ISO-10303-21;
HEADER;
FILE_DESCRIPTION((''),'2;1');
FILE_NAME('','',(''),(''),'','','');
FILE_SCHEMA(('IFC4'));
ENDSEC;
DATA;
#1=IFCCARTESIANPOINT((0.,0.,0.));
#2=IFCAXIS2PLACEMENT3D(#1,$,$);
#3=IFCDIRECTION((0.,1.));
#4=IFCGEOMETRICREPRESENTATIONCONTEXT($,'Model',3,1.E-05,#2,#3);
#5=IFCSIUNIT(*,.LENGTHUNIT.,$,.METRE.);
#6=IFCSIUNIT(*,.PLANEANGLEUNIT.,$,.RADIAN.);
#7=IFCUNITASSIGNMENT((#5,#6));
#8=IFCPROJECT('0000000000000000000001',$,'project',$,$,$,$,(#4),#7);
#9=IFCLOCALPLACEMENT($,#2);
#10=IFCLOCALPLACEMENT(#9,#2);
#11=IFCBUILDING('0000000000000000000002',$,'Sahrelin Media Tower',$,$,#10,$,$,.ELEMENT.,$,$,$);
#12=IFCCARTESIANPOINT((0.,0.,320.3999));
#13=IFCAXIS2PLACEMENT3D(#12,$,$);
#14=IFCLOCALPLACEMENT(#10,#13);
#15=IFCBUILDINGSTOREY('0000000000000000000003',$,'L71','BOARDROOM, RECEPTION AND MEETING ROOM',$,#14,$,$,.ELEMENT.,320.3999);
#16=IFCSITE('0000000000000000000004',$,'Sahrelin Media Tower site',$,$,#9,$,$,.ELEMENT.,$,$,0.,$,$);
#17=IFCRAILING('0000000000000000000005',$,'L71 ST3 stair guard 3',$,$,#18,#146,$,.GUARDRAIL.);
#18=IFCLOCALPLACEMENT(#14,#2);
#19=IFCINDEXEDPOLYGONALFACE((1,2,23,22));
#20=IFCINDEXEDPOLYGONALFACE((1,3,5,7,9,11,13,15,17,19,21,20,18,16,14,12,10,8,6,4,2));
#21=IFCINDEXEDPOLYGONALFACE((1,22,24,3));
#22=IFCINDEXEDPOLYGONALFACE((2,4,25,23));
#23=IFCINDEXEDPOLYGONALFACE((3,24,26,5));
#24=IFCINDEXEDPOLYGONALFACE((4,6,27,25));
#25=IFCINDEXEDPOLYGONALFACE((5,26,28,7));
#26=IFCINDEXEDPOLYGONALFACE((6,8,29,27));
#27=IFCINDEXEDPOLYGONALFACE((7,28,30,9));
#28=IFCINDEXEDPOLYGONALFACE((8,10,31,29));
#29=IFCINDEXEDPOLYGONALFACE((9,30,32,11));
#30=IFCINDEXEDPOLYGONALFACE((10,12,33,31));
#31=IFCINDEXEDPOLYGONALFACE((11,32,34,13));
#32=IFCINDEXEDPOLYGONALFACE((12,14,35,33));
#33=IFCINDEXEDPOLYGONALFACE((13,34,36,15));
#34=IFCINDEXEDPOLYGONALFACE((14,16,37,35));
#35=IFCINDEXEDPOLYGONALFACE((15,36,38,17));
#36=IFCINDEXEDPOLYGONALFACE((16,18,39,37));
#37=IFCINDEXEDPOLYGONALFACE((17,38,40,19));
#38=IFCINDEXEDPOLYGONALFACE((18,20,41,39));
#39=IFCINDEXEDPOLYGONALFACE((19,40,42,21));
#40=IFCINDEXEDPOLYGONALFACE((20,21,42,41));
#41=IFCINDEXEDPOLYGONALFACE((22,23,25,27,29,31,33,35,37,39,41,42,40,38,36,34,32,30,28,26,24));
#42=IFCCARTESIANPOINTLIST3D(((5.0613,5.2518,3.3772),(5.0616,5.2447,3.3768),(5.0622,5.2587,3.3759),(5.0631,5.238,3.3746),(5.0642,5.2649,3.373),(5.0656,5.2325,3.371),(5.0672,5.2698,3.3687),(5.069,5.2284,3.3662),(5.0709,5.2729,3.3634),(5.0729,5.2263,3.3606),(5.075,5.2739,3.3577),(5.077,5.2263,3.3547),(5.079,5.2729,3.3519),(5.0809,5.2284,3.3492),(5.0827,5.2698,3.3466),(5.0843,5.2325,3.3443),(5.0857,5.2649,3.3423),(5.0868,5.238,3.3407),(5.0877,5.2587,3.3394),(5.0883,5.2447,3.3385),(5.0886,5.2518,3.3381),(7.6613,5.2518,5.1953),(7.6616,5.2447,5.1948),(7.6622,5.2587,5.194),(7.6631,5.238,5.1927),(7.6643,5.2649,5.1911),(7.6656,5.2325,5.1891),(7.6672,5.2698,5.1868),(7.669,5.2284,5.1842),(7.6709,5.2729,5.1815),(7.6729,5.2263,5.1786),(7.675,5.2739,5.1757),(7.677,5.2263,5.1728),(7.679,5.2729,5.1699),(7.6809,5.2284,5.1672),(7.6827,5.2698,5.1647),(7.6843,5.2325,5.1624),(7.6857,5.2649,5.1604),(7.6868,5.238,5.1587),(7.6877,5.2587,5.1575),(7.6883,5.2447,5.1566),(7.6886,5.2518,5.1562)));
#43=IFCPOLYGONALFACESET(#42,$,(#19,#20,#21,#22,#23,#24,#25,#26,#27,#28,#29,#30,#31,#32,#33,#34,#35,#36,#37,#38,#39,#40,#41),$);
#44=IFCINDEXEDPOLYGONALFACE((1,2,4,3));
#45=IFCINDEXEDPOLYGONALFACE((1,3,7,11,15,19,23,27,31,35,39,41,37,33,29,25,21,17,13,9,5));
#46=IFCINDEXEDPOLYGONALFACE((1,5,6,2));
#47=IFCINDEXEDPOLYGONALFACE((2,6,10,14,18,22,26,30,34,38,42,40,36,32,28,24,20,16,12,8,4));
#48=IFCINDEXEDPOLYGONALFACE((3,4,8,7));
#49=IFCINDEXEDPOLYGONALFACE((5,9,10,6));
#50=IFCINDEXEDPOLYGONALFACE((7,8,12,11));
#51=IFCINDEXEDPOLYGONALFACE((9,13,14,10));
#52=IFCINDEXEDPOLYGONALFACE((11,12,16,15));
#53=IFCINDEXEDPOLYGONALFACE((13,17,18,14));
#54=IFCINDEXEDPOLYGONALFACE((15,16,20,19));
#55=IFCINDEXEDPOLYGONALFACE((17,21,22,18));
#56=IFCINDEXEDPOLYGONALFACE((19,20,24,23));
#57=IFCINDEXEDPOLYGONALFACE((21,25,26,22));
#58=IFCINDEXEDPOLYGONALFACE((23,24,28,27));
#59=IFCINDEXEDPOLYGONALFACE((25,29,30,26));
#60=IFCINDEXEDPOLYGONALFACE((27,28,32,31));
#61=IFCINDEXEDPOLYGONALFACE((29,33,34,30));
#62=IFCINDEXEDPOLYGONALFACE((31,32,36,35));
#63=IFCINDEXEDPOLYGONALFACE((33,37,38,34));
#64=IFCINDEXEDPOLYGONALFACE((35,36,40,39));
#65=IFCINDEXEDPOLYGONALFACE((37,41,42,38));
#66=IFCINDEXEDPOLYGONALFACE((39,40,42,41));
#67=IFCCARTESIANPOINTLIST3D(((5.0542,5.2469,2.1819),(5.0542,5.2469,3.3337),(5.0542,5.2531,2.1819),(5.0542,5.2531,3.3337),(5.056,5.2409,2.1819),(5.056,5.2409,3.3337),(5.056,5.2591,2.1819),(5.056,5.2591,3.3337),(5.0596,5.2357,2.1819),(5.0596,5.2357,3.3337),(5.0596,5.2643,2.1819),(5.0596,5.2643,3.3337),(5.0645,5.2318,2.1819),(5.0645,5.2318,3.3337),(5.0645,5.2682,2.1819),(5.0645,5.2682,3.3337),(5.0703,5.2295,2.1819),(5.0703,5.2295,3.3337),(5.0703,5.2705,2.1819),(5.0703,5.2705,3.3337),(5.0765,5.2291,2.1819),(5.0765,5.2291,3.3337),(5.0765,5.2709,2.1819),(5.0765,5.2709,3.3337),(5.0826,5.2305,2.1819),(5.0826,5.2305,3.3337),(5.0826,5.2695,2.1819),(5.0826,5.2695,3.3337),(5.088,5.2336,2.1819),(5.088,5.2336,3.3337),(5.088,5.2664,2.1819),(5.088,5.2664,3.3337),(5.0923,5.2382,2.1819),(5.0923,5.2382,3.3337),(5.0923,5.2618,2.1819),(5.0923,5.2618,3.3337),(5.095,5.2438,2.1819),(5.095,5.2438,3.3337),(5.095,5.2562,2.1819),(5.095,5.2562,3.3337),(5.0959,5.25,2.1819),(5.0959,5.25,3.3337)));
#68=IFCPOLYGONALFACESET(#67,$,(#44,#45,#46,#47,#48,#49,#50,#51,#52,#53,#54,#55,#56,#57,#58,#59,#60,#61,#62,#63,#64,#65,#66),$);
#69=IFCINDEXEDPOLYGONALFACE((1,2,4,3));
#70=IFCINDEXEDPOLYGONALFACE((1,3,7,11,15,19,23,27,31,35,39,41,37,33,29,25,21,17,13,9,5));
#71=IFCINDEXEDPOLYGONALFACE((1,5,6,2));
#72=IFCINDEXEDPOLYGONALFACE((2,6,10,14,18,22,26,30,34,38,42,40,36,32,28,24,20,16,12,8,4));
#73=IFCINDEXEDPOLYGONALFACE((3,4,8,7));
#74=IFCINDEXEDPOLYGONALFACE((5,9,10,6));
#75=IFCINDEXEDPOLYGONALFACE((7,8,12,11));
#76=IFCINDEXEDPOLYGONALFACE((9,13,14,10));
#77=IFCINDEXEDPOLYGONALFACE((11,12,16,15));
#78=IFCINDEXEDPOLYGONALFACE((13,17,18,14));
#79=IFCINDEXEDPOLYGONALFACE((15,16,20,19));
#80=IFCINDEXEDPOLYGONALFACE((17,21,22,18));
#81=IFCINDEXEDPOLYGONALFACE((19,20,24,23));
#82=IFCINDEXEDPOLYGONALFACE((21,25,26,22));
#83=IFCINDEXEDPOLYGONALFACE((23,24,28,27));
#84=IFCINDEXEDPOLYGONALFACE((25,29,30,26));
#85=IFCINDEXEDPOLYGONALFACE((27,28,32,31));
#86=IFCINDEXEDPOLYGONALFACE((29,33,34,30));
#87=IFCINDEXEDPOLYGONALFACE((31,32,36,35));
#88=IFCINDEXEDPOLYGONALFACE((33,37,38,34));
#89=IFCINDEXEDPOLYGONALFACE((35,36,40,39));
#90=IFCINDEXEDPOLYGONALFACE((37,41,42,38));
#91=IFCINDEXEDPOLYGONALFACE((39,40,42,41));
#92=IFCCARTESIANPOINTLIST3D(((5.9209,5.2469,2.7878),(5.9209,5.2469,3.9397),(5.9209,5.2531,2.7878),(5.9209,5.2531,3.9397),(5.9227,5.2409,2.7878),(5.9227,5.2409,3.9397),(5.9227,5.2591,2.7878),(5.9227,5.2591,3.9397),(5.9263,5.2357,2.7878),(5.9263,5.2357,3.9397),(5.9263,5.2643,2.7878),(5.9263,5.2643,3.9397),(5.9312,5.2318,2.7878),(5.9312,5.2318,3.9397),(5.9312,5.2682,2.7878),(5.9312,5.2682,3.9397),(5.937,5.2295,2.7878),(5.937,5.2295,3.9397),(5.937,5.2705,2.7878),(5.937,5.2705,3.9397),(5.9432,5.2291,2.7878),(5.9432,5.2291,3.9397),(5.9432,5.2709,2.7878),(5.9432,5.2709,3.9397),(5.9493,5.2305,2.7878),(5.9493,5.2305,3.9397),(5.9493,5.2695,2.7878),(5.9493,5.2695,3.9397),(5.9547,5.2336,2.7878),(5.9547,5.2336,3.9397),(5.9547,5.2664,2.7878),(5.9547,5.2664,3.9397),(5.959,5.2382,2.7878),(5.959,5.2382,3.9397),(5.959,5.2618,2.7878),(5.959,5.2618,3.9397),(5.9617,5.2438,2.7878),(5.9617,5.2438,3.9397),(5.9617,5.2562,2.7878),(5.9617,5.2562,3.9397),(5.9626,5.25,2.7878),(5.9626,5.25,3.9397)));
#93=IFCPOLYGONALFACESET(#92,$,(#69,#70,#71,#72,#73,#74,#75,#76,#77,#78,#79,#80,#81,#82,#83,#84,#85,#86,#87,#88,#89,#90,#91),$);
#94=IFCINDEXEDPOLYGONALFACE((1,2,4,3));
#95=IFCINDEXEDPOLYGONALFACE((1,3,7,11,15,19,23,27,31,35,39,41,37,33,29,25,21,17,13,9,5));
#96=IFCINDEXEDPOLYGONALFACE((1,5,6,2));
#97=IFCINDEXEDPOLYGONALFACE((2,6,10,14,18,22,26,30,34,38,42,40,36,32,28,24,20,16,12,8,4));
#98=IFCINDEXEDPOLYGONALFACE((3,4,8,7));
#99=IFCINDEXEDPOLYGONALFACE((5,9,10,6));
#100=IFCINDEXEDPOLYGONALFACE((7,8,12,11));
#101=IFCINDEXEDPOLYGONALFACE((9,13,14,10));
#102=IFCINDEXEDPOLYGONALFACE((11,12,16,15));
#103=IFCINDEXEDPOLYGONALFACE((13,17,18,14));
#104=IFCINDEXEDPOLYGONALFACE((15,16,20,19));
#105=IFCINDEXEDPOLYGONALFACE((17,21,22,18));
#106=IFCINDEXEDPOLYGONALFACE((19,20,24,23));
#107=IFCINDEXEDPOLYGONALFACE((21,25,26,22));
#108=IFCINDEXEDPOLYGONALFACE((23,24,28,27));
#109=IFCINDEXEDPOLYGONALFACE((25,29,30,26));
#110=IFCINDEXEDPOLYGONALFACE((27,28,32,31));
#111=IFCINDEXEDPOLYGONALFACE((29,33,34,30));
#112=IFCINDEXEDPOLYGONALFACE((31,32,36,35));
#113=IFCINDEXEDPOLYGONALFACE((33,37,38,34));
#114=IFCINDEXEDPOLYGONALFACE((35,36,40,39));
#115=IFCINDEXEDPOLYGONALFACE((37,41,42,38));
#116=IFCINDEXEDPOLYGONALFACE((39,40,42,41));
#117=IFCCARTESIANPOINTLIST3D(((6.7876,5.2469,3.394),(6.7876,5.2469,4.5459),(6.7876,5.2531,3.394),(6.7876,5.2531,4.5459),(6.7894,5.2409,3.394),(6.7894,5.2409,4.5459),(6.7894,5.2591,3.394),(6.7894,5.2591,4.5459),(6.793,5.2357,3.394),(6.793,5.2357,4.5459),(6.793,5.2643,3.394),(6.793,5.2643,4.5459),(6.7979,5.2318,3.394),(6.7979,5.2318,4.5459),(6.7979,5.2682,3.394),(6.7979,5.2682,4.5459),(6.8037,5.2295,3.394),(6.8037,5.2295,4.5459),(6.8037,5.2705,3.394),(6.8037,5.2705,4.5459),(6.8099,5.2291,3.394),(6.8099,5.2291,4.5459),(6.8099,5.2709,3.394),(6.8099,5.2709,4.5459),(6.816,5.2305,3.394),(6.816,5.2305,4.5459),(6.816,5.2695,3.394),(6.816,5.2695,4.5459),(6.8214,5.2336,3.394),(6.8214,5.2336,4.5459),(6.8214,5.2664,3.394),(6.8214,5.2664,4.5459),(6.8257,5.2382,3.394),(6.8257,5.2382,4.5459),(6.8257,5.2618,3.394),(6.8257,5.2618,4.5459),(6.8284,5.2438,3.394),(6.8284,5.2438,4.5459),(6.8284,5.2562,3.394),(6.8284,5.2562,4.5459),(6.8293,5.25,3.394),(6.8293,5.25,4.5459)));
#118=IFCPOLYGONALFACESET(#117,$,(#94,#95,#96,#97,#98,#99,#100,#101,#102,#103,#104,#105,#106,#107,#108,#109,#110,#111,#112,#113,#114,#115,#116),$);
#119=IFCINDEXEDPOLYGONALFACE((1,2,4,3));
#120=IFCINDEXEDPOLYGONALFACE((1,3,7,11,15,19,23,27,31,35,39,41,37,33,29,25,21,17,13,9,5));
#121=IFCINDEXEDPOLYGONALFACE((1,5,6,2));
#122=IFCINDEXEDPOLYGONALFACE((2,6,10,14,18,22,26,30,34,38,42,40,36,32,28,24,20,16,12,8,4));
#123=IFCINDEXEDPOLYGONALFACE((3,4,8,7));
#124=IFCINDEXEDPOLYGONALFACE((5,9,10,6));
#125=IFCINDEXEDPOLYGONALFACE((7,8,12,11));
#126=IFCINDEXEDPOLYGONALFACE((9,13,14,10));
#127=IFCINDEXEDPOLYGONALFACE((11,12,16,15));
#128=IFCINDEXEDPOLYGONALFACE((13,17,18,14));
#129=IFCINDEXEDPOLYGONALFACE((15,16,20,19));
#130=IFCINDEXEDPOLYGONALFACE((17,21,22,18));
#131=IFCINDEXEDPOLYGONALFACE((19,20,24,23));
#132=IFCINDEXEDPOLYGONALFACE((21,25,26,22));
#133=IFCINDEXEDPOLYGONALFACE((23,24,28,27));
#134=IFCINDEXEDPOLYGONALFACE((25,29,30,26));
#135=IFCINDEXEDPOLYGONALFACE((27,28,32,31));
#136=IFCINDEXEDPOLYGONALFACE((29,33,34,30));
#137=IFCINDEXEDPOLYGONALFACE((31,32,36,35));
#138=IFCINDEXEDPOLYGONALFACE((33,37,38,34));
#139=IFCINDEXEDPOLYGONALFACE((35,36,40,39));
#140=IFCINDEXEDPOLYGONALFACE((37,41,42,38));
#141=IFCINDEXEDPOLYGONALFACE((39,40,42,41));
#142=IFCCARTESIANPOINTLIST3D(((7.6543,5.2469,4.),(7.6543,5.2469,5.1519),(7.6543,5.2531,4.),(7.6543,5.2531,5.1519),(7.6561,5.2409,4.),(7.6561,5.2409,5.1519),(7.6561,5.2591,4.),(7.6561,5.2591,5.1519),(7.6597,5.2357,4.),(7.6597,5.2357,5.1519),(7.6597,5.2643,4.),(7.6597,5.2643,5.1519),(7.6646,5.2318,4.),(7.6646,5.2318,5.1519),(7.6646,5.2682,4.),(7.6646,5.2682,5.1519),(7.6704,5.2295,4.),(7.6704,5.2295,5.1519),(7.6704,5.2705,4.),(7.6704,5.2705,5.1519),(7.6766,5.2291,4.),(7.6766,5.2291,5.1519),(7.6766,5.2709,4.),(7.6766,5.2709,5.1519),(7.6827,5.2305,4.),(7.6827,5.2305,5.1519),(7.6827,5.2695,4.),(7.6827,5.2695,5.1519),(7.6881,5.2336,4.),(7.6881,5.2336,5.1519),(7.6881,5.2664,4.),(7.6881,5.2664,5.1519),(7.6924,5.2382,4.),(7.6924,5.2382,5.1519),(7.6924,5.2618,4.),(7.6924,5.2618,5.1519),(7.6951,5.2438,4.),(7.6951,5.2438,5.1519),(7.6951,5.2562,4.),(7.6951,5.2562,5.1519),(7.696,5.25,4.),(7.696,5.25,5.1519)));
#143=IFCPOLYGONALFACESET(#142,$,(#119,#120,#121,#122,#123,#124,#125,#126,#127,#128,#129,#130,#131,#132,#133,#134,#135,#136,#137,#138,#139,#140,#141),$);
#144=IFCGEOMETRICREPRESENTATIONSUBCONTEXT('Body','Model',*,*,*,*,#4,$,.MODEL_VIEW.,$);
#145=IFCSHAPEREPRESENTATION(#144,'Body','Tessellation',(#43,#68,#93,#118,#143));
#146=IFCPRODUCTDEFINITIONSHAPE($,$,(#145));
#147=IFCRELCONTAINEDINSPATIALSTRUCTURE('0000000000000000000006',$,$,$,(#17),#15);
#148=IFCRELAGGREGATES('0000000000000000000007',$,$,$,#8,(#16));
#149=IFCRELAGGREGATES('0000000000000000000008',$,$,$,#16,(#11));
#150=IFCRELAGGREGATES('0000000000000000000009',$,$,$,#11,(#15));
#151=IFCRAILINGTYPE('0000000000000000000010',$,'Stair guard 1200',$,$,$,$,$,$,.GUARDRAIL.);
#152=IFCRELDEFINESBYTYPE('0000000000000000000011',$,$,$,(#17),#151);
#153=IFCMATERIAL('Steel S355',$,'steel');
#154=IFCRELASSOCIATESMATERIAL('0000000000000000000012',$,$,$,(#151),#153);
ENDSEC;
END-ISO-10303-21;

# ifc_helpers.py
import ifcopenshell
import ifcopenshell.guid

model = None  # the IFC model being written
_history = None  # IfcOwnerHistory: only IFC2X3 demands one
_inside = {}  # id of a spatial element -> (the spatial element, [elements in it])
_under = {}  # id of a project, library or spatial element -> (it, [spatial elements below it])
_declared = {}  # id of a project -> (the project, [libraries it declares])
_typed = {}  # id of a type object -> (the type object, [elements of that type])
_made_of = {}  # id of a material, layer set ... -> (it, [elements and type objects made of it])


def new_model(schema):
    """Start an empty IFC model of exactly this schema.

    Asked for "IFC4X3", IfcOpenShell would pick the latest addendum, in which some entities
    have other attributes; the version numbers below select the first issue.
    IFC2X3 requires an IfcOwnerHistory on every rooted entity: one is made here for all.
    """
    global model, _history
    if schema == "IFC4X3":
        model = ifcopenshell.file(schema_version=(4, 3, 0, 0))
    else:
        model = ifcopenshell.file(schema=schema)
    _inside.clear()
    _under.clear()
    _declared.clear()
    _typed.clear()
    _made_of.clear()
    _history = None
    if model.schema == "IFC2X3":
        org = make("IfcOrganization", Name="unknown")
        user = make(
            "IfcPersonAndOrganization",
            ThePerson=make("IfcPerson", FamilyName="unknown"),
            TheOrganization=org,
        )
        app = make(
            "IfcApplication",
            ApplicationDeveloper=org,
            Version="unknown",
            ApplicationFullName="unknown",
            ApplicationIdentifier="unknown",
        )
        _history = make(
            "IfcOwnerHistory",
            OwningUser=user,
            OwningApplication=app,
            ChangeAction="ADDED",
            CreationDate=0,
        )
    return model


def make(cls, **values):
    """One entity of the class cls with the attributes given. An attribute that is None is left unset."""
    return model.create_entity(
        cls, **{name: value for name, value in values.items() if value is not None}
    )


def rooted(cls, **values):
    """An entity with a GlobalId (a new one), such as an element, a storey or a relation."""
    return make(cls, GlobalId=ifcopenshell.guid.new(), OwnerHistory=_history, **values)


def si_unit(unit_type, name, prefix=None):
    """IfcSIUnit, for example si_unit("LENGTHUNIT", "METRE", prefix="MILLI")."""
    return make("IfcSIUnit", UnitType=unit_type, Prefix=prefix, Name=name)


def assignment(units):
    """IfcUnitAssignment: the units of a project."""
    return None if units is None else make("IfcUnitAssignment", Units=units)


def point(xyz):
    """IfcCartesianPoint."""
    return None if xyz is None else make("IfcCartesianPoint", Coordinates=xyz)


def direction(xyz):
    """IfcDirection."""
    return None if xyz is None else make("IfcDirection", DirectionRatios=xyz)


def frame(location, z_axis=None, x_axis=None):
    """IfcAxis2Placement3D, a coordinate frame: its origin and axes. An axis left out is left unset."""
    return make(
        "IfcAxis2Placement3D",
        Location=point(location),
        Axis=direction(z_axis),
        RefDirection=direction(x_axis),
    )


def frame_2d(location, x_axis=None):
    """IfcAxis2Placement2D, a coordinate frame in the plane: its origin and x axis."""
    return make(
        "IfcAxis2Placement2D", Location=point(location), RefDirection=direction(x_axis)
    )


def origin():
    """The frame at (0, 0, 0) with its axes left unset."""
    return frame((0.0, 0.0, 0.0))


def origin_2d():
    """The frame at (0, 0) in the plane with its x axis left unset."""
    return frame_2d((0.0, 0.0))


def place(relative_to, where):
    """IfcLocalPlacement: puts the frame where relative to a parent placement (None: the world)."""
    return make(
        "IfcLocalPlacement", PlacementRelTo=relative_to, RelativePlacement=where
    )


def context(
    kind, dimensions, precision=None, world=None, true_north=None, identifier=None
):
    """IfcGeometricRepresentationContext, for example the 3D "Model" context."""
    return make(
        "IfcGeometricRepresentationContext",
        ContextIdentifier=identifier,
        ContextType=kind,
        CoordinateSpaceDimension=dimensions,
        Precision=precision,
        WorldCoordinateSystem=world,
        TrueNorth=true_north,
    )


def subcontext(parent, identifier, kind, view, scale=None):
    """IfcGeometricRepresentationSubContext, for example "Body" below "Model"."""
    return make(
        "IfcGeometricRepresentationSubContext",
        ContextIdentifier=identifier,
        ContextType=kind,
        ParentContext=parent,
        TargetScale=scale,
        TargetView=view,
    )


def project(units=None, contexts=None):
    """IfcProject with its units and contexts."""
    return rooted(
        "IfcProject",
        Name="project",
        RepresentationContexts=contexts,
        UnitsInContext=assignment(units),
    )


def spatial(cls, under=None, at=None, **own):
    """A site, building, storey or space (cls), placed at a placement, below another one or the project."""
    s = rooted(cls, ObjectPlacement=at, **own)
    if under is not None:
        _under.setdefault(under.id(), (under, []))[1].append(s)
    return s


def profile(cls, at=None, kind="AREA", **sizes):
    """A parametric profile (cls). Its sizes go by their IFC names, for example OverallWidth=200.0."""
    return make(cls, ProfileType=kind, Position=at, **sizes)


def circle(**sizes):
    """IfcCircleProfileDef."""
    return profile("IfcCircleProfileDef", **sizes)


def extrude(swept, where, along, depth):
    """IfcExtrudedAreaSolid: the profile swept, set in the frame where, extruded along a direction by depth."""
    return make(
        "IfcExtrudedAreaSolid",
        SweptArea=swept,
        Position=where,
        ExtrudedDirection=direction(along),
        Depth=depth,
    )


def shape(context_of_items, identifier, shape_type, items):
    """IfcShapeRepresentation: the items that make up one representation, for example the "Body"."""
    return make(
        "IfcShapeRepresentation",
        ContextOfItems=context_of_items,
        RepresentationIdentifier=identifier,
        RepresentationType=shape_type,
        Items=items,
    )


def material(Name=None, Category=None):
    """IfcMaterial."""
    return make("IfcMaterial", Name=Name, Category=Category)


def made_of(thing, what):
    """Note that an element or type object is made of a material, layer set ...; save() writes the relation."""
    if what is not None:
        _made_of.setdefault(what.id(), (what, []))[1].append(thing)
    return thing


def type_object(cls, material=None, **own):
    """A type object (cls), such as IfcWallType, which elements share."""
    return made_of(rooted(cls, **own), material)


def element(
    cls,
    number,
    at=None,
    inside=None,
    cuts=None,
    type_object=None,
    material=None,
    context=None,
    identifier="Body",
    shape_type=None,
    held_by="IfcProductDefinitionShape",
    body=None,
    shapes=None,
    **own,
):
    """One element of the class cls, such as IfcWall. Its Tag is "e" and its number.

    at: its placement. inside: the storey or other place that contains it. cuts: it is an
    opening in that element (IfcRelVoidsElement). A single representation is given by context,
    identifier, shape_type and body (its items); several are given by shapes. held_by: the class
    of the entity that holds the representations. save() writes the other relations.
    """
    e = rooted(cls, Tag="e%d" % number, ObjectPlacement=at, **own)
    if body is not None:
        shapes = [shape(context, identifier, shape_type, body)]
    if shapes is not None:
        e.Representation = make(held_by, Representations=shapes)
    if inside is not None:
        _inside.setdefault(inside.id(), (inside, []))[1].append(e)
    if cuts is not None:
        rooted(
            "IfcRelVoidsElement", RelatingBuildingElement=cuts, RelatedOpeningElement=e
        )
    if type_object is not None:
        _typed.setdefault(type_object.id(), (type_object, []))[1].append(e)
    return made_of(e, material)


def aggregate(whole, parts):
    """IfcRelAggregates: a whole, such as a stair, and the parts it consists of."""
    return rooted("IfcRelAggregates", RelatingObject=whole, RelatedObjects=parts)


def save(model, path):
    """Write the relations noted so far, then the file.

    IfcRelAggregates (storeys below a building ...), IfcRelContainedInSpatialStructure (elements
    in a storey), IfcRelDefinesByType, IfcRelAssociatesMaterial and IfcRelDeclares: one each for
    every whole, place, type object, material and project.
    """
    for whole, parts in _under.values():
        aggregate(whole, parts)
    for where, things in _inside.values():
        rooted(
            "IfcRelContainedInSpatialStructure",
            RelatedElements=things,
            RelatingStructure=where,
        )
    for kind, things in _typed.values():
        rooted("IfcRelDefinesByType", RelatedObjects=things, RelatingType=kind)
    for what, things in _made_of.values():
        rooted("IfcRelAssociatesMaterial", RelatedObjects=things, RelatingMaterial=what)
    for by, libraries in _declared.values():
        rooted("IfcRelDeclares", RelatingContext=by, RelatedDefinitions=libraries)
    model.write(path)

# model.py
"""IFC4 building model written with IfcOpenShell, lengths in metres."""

from ifc_helpers import new_model, si_unit, direction, frame, origin, origin_2d, place, context, subcontext, project, spatial, circle, extrude, material, type_object, element, save


model = new_model("IFC4")

# Units and contexts
model_context = context("Model", 3, precision=1e-05, world=origin(), true_north=direction((0.0, 1.0)))
body_context = subcontext(model_context, "Body", "Model", "MODEL_VIEW")
ifc_project = project(units=[si_unit("LENGTHUNIT", "METRE"), si_unit("PLANEANGLEUNIT", "RADIAN")], contexts=[model_context])

# Site, building, storey
site_placement = place(None, origin())
site = spatial("IfcSite", under=ifc_project, at=site_placement, Name="Sahrelin Media Tower site", CompositionType="ELEMENT", RefElevation=0.0)
building_placement = place(site_placement, origin())
building = spatial("IfcBuilding", under=site, at=building_placement, Name="Sahrelin Media Tower", CompositionType="ELEMENT")
storey_placement = place(building_placement, frame((0.0, 0.0, 320.3999)))
storey = spatial("IfcBuildingStorey", under=building, at=storey_placement, Name="L71", Description="BOARDROOM, RECEPTION AND MEETING ROOM", CompositionType="ELEMENT", Elevation=320.3999)

# Shared definitions
ifc_material_1 = material(Name="Steel S355", Category="steel")

# Railing
railing_type_1 = type_object("IfcRailingType", Name="Stair guard 1200", PredefinedType="GUARDRAIL", material=ifc_material_1)
railing_1_placement = place(storey_placement, frame((5.075, 5.25, 2.1819)))
element("IfcRailing", 1, at=railing_1_placement, inside=storey, type_object=railing_type_1, Name="L71 ST3 stair guard 3", PredefinedType="GUARDRAIL", context=body_context, shape_type="SweptSolid", body=[
    extrude(circle(Radius=0.0239, at=origin_2d()), frame((0.0, 0.0, 1.1758), z_axis=(0.819521, 0.0, 0.573049), x_axis=(0.0, 1.0, 0.0)), (0.0, 0.0, 1.0), 3.1726),
    extrude(circle(Radius=0.021, at=origin_2d()), origin(), (0.0, 0.0, 1.0), 1.1519),
    extrude(circle(Radius=0.021, at=origin_2d()), frame((0.8667, 0.0, 0.606)), (0.0, 0.0, 1.0), 1.1519),
    extrude(circle(Radius=0.021, at=origin_2d()), frame((1.7334, 0.0, 1.2122)), (0.0, 0.0, 1.0), 1.1519),
    extrude(circle(Radius=0.021, at=origin_2d()), frame((2.6001, 0.0, 1.8181)), (0.0, 0.0, 1.0), 1.1519),
])

save(model, "model.ifc")
